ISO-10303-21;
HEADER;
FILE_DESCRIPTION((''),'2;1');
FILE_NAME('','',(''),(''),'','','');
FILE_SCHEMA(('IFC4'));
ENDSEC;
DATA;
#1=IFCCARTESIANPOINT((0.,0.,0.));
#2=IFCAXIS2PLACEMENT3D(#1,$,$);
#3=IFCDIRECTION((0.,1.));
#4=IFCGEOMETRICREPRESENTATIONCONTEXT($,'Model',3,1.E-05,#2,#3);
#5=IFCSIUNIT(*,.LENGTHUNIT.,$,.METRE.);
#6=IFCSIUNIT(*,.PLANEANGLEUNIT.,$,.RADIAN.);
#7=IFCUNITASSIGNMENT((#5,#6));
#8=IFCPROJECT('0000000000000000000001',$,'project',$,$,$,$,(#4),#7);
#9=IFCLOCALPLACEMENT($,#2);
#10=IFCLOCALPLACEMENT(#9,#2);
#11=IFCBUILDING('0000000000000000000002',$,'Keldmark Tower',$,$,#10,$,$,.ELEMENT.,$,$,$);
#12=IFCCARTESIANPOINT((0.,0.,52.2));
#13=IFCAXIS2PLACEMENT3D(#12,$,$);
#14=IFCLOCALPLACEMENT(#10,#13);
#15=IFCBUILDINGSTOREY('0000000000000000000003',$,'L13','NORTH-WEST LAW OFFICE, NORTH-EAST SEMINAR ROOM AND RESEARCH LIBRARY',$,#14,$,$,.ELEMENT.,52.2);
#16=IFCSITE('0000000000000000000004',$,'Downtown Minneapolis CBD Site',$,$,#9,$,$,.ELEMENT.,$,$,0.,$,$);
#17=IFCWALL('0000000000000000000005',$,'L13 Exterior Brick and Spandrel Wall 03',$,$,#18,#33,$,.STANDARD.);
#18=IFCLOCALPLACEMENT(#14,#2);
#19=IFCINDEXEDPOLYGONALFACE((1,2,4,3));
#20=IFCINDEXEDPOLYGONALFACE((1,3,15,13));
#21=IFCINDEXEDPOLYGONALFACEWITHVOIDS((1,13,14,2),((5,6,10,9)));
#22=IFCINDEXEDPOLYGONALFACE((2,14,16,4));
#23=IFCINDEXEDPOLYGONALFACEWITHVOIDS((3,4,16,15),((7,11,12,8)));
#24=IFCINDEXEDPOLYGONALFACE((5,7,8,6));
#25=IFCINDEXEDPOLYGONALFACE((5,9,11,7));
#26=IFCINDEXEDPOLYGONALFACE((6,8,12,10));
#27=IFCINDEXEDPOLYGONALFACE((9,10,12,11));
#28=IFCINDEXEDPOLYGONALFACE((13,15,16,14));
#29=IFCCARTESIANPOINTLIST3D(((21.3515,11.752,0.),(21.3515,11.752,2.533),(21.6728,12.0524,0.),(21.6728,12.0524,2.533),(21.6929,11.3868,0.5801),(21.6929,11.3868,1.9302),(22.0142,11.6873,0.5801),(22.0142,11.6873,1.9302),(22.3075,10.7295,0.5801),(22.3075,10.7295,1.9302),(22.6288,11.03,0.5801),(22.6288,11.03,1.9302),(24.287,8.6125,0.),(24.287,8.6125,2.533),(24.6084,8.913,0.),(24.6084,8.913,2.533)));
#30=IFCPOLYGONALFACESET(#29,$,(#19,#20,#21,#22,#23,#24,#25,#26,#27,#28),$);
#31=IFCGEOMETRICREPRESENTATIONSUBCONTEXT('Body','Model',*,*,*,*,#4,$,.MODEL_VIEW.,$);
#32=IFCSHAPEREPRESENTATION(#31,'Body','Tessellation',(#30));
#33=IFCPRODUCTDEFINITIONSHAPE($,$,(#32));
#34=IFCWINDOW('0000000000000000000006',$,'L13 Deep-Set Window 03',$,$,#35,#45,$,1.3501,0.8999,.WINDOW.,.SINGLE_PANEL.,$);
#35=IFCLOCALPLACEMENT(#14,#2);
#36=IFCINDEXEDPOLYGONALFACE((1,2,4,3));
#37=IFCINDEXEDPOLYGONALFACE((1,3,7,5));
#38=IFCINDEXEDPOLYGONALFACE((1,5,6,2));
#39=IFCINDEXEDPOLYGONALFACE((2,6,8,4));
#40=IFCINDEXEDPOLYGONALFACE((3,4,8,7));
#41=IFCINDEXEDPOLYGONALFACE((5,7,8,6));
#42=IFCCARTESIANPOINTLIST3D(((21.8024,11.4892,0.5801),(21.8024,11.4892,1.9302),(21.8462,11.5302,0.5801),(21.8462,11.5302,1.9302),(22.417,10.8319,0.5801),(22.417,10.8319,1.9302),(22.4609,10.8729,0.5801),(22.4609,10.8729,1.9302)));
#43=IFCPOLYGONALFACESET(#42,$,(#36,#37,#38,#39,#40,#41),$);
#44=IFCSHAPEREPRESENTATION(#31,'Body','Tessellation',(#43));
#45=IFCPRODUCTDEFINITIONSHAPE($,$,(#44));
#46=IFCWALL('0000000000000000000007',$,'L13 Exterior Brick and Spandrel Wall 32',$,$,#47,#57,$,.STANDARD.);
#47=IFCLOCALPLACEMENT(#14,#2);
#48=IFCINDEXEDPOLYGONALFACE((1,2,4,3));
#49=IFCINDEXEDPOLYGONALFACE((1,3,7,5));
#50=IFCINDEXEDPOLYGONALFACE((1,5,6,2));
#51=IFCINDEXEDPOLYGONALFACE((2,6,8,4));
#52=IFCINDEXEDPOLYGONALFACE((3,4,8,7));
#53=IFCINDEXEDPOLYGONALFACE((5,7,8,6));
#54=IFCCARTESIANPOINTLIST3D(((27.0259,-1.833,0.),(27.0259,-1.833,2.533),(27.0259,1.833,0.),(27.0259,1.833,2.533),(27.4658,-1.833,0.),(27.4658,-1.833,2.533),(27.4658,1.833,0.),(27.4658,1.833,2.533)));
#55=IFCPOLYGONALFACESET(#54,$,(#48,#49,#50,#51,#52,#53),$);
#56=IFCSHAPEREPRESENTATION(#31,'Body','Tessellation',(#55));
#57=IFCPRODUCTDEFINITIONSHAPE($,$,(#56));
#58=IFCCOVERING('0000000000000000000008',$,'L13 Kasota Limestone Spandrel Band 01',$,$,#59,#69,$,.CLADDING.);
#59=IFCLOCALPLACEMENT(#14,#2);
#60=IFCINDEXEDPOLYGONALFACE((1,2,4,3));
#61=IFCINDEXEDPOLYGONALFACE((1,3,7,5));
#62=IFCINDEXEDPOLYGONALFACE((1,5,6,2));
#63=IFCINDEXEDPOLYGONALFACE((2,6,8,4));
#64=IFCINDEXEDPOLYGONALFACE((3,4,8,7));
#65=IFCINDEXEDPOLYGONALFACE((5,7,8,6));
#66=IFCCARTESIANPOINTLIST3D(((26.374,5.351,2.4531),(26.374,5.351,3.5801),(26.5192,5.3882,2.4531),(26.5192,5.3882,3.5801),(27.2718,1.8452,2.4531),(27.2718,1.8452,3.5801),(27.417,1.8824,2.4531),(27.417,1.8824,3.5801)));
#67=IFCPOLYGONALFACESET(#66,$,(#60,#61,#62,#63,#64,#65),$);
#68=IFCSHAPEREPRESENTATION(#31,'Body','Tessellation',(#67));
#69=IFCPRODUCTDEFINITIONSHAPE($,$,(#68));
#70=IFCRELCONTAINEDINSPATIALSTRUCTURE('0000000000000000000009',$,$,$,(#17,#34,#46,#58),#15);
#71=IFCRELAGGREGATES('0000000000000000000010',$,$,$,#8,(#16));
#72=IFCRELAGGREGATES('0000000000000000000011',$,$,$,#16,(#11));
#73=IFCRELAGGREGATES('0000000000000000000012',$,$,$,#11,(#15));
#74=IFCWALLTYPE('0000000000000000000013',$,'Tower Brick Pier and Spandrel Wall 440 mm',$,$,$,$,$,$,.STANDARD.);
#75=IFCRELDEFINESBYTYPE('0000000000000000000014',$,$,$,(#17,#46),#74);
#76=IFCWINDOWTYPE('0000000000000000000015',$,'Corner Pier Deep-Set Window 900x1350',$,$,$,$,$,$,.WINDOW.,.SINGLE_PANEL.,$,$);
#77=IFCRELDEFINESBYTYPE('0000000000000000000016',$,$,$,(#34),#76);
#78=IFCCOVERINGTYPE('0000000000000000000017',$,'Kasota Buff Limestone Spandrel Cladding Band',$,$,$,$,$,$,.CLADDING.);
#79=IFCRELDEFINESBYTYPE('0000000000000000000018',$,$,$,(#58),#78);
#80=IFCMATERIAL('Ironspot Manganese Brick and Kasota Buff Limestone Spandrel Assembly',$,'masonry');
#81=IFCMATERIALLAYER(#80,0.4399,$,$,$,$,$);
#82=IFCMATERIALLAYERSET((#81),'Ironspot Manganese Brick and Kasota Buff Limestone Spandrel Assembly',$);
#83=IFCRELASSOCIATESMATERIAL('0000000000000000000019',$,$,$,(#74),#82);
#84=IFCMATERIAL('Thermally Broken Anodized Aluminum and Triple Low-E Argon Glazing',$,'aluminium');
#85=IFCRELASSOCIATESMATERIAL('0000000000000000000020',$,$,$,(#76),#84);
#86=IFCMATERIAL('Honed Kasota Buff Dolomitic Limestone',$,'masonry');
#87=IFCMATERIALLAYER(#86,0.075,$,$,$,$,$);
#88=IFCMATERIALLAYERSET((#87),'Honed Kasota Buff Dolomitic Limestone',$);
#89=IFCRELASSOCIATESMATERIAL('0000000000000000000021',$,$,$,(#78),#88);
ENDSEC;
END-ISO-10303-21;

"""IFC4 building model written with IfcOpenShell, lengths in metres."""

from ifc_helpers import new_model, si_unit, direction, frame, frame_2d, origin, origin_2d, place, context, subcontext, project, spatial, rectangle, extrude, material, layer, layer_set, type_object, element, fill, save


model = new_model("IFC4")

# Units and contexts
model_context = context("Model", 3, precision=1e-05, world=origin(), true_north=direction((0.0, 1.0)))
body_context = subcontext(model_context, "Body", "Model", "MODEL_VIEW")
ifc_project = project(units=[si_unit("LENGTHUNIT", "METRE"), si_unit("PLANEANGLEUNIT", "RADIAN")], contexts=[model_context])

# Site, building, storey
site_placement = place(None, origin())
site = spatial("IfcSite", under=ifc_project, at=site_placement, Name="Downtown Minneapolis CBD Site", CompositionType="ELEMENT", RefElevation=0.0)
building_placement = place(site_placement, origin())
building = spatial("IfcBuilding", under=site, at=building_placement, Name="Keldmark Tower", CompositionType="ELEMENT")
storey_placement = place(building_placement, frame((0.0, 0.0, 52.2)))
storey = spatial("IfcBuildingStorey", under=building, at=storey_placement, Name="L13", Description="NORTH-WEST LAW OFFICE, NORTH-EAST SEMINAR ROOM AND RESEARCH LIBRARY", CompositionType="ELEMENT", Elevation=52.2)

# Wall, opening, window
ifc_material_1 = material(Name="Ironspot Manganese Brick and Kasota Buff Limestone Spandrel Assembly", Category="masonry")
ifc_layer_1 = layer(ifc_material_1, 0.4399)
ifc_layer_set_1 = layer_set([ifc_layer_1], Name="Ironspot Manganese Brick and Kasota Buff Limestone Spandrel Assembly")
wall_type = type_object("IfcWallType", Name="Tower Brick Pier and Spandrel Wall 440 mm", PredefinedType="STANDARD", material=ifc_layer_set_1)
ifc_material_2 = material(Name="Thermally Broken Anodized Aluminum and Triple Low-E Argon Glazing", Category="aluminium")
window_type = type_object("IfcWindowType", Name="Corner Pier Deep-Set Window 900x1350", PartitioningType="SINGLE_PANEL", PredefinedType="WINDOW", material=ifc_material_2)
wall_1_placement = place(storey_placement, frame((21.5122, 11.9021, 0.0), z_axis=(0.0, 0.0, 1.0), x_axis=(0.682994, -0.730424, 0.0)))
wall_1 = element("IfcWall", 1, at=wall_1_placement, inside=storey, type_object=wall_type, Name="L13 Exterior Brick and Spandrel Wall 03", PredefinedType="STANDARD", context=body_context, shape_type="SweptSolid", body=[
    extrude(rectangle(XDim=4.2981, YDim=0.4399, at=frame_2d((2.1489, 0.0))), origin(), (0.0, 0.0, 1.0), 2.533),
])
opening_1_placement = place(wall_1_placement, frame((0.4998, 0.0, 0.5801)))
opening_1 = element("IfcOpeningElement", 2, at=opening_1_placement, cuts=wall_1, PredefinedType="OPENING", context=body_context, shape_type="SweptSolid", body=[
    extrude(rectangle(XDim=0.8999, YDim=1.3501, at=frame_2d((0.45, 0.675))), frame((0.0, 0.23, 0.0), z_axis=(0.0, -1.0, 0.0), x_axis=(1.0, 0.0, 0.0)), (0.0, 0.0, 1.0), 0.46),
])
window_1_placement = place(opening_1_placement, origin())
window_1 = element("IfcWindow", 3, at=window_1_placement, inside=storey, type_object=window_type, Name="L13 Deep-Set Window 03", OverallHeight=1.3501, OverallWidth=0.8999, PartitioningType="SINGLE_PANEL", PredefinedType="WINDOW", context=body_context, shape_type="SweptSolid", body=[
    extrude(rectangle(XDim=0.8999, YDim=1.3501, at=frame_2d((0.45, 0.675))), frame((0.0, -0.01, 0.0), z_axis=(0.0, -1.0, 0.0), x_axis=(1.0, 0.0, 0.0)), (0.0, 0.0, 1.0), 0.0601),
])
fill(opening_1, window_1)

# Wall
wall_2_placement = place(storey_placement, frame((27.2458, 1.833, 0.0), z_axis=(0.0, 0.0, 1.0), x_axis=(0.0, -1.0, 0.0)))
element("IfcWall", 4, at=wall_2_placement, inside=storey, type_object=wall_type, Name="L13 Exterior Brick and Spandrel Wall 32", PredefinedType="STANDARD", context=body_context, shape_type="SweptSolid", body=[
    extrude(rectangle(XDim=3.666, YDim=0.4399, at=frame_2d((1.833, 0.0))), origin(), (0.0, 0.0, 1.0), 2.533),
])

# Covering
ifc_material_3 = material(Name="Honed Kasota Buff Dolomitic Limestone", Category="masonry")
ifc_layer_2 = layer(ifc_material_3, 0.075)
ifc_layer_set_2 = layer_set([ifc_layer_2], Name="Honed Kasota Buff Dolomitic Limestone")
covering_type = type_object("IfcCoveringType", Name="Kasota Buff Limestone Spandrel Cladding Band", PredefinedType="CLADDING", material=ifc_layer_set_2)
covering_placement = place(storey_placement, frame((26.8955, 3.6167, 2.4531), z_axis=(0.0, 0.0, 1.0), x_axis=(-0.248098, 0.968735, 0.0)))
element("IfcCovering", 5, at=covering_placement, inside=storey, type_object=covering_type, Name="L13 Kasota Limestone Spandrel Band 01", PredefinedType="CLADDING", context=body_context, shape_type="SweptSolid", body=[
    extrude(rectangle(XDim=3.6189, YDim=0.1499, at=origin_2d()), origin(), (0.0, 0.0, 1.0), 1.127),
])

save(model, "model.ifc")
